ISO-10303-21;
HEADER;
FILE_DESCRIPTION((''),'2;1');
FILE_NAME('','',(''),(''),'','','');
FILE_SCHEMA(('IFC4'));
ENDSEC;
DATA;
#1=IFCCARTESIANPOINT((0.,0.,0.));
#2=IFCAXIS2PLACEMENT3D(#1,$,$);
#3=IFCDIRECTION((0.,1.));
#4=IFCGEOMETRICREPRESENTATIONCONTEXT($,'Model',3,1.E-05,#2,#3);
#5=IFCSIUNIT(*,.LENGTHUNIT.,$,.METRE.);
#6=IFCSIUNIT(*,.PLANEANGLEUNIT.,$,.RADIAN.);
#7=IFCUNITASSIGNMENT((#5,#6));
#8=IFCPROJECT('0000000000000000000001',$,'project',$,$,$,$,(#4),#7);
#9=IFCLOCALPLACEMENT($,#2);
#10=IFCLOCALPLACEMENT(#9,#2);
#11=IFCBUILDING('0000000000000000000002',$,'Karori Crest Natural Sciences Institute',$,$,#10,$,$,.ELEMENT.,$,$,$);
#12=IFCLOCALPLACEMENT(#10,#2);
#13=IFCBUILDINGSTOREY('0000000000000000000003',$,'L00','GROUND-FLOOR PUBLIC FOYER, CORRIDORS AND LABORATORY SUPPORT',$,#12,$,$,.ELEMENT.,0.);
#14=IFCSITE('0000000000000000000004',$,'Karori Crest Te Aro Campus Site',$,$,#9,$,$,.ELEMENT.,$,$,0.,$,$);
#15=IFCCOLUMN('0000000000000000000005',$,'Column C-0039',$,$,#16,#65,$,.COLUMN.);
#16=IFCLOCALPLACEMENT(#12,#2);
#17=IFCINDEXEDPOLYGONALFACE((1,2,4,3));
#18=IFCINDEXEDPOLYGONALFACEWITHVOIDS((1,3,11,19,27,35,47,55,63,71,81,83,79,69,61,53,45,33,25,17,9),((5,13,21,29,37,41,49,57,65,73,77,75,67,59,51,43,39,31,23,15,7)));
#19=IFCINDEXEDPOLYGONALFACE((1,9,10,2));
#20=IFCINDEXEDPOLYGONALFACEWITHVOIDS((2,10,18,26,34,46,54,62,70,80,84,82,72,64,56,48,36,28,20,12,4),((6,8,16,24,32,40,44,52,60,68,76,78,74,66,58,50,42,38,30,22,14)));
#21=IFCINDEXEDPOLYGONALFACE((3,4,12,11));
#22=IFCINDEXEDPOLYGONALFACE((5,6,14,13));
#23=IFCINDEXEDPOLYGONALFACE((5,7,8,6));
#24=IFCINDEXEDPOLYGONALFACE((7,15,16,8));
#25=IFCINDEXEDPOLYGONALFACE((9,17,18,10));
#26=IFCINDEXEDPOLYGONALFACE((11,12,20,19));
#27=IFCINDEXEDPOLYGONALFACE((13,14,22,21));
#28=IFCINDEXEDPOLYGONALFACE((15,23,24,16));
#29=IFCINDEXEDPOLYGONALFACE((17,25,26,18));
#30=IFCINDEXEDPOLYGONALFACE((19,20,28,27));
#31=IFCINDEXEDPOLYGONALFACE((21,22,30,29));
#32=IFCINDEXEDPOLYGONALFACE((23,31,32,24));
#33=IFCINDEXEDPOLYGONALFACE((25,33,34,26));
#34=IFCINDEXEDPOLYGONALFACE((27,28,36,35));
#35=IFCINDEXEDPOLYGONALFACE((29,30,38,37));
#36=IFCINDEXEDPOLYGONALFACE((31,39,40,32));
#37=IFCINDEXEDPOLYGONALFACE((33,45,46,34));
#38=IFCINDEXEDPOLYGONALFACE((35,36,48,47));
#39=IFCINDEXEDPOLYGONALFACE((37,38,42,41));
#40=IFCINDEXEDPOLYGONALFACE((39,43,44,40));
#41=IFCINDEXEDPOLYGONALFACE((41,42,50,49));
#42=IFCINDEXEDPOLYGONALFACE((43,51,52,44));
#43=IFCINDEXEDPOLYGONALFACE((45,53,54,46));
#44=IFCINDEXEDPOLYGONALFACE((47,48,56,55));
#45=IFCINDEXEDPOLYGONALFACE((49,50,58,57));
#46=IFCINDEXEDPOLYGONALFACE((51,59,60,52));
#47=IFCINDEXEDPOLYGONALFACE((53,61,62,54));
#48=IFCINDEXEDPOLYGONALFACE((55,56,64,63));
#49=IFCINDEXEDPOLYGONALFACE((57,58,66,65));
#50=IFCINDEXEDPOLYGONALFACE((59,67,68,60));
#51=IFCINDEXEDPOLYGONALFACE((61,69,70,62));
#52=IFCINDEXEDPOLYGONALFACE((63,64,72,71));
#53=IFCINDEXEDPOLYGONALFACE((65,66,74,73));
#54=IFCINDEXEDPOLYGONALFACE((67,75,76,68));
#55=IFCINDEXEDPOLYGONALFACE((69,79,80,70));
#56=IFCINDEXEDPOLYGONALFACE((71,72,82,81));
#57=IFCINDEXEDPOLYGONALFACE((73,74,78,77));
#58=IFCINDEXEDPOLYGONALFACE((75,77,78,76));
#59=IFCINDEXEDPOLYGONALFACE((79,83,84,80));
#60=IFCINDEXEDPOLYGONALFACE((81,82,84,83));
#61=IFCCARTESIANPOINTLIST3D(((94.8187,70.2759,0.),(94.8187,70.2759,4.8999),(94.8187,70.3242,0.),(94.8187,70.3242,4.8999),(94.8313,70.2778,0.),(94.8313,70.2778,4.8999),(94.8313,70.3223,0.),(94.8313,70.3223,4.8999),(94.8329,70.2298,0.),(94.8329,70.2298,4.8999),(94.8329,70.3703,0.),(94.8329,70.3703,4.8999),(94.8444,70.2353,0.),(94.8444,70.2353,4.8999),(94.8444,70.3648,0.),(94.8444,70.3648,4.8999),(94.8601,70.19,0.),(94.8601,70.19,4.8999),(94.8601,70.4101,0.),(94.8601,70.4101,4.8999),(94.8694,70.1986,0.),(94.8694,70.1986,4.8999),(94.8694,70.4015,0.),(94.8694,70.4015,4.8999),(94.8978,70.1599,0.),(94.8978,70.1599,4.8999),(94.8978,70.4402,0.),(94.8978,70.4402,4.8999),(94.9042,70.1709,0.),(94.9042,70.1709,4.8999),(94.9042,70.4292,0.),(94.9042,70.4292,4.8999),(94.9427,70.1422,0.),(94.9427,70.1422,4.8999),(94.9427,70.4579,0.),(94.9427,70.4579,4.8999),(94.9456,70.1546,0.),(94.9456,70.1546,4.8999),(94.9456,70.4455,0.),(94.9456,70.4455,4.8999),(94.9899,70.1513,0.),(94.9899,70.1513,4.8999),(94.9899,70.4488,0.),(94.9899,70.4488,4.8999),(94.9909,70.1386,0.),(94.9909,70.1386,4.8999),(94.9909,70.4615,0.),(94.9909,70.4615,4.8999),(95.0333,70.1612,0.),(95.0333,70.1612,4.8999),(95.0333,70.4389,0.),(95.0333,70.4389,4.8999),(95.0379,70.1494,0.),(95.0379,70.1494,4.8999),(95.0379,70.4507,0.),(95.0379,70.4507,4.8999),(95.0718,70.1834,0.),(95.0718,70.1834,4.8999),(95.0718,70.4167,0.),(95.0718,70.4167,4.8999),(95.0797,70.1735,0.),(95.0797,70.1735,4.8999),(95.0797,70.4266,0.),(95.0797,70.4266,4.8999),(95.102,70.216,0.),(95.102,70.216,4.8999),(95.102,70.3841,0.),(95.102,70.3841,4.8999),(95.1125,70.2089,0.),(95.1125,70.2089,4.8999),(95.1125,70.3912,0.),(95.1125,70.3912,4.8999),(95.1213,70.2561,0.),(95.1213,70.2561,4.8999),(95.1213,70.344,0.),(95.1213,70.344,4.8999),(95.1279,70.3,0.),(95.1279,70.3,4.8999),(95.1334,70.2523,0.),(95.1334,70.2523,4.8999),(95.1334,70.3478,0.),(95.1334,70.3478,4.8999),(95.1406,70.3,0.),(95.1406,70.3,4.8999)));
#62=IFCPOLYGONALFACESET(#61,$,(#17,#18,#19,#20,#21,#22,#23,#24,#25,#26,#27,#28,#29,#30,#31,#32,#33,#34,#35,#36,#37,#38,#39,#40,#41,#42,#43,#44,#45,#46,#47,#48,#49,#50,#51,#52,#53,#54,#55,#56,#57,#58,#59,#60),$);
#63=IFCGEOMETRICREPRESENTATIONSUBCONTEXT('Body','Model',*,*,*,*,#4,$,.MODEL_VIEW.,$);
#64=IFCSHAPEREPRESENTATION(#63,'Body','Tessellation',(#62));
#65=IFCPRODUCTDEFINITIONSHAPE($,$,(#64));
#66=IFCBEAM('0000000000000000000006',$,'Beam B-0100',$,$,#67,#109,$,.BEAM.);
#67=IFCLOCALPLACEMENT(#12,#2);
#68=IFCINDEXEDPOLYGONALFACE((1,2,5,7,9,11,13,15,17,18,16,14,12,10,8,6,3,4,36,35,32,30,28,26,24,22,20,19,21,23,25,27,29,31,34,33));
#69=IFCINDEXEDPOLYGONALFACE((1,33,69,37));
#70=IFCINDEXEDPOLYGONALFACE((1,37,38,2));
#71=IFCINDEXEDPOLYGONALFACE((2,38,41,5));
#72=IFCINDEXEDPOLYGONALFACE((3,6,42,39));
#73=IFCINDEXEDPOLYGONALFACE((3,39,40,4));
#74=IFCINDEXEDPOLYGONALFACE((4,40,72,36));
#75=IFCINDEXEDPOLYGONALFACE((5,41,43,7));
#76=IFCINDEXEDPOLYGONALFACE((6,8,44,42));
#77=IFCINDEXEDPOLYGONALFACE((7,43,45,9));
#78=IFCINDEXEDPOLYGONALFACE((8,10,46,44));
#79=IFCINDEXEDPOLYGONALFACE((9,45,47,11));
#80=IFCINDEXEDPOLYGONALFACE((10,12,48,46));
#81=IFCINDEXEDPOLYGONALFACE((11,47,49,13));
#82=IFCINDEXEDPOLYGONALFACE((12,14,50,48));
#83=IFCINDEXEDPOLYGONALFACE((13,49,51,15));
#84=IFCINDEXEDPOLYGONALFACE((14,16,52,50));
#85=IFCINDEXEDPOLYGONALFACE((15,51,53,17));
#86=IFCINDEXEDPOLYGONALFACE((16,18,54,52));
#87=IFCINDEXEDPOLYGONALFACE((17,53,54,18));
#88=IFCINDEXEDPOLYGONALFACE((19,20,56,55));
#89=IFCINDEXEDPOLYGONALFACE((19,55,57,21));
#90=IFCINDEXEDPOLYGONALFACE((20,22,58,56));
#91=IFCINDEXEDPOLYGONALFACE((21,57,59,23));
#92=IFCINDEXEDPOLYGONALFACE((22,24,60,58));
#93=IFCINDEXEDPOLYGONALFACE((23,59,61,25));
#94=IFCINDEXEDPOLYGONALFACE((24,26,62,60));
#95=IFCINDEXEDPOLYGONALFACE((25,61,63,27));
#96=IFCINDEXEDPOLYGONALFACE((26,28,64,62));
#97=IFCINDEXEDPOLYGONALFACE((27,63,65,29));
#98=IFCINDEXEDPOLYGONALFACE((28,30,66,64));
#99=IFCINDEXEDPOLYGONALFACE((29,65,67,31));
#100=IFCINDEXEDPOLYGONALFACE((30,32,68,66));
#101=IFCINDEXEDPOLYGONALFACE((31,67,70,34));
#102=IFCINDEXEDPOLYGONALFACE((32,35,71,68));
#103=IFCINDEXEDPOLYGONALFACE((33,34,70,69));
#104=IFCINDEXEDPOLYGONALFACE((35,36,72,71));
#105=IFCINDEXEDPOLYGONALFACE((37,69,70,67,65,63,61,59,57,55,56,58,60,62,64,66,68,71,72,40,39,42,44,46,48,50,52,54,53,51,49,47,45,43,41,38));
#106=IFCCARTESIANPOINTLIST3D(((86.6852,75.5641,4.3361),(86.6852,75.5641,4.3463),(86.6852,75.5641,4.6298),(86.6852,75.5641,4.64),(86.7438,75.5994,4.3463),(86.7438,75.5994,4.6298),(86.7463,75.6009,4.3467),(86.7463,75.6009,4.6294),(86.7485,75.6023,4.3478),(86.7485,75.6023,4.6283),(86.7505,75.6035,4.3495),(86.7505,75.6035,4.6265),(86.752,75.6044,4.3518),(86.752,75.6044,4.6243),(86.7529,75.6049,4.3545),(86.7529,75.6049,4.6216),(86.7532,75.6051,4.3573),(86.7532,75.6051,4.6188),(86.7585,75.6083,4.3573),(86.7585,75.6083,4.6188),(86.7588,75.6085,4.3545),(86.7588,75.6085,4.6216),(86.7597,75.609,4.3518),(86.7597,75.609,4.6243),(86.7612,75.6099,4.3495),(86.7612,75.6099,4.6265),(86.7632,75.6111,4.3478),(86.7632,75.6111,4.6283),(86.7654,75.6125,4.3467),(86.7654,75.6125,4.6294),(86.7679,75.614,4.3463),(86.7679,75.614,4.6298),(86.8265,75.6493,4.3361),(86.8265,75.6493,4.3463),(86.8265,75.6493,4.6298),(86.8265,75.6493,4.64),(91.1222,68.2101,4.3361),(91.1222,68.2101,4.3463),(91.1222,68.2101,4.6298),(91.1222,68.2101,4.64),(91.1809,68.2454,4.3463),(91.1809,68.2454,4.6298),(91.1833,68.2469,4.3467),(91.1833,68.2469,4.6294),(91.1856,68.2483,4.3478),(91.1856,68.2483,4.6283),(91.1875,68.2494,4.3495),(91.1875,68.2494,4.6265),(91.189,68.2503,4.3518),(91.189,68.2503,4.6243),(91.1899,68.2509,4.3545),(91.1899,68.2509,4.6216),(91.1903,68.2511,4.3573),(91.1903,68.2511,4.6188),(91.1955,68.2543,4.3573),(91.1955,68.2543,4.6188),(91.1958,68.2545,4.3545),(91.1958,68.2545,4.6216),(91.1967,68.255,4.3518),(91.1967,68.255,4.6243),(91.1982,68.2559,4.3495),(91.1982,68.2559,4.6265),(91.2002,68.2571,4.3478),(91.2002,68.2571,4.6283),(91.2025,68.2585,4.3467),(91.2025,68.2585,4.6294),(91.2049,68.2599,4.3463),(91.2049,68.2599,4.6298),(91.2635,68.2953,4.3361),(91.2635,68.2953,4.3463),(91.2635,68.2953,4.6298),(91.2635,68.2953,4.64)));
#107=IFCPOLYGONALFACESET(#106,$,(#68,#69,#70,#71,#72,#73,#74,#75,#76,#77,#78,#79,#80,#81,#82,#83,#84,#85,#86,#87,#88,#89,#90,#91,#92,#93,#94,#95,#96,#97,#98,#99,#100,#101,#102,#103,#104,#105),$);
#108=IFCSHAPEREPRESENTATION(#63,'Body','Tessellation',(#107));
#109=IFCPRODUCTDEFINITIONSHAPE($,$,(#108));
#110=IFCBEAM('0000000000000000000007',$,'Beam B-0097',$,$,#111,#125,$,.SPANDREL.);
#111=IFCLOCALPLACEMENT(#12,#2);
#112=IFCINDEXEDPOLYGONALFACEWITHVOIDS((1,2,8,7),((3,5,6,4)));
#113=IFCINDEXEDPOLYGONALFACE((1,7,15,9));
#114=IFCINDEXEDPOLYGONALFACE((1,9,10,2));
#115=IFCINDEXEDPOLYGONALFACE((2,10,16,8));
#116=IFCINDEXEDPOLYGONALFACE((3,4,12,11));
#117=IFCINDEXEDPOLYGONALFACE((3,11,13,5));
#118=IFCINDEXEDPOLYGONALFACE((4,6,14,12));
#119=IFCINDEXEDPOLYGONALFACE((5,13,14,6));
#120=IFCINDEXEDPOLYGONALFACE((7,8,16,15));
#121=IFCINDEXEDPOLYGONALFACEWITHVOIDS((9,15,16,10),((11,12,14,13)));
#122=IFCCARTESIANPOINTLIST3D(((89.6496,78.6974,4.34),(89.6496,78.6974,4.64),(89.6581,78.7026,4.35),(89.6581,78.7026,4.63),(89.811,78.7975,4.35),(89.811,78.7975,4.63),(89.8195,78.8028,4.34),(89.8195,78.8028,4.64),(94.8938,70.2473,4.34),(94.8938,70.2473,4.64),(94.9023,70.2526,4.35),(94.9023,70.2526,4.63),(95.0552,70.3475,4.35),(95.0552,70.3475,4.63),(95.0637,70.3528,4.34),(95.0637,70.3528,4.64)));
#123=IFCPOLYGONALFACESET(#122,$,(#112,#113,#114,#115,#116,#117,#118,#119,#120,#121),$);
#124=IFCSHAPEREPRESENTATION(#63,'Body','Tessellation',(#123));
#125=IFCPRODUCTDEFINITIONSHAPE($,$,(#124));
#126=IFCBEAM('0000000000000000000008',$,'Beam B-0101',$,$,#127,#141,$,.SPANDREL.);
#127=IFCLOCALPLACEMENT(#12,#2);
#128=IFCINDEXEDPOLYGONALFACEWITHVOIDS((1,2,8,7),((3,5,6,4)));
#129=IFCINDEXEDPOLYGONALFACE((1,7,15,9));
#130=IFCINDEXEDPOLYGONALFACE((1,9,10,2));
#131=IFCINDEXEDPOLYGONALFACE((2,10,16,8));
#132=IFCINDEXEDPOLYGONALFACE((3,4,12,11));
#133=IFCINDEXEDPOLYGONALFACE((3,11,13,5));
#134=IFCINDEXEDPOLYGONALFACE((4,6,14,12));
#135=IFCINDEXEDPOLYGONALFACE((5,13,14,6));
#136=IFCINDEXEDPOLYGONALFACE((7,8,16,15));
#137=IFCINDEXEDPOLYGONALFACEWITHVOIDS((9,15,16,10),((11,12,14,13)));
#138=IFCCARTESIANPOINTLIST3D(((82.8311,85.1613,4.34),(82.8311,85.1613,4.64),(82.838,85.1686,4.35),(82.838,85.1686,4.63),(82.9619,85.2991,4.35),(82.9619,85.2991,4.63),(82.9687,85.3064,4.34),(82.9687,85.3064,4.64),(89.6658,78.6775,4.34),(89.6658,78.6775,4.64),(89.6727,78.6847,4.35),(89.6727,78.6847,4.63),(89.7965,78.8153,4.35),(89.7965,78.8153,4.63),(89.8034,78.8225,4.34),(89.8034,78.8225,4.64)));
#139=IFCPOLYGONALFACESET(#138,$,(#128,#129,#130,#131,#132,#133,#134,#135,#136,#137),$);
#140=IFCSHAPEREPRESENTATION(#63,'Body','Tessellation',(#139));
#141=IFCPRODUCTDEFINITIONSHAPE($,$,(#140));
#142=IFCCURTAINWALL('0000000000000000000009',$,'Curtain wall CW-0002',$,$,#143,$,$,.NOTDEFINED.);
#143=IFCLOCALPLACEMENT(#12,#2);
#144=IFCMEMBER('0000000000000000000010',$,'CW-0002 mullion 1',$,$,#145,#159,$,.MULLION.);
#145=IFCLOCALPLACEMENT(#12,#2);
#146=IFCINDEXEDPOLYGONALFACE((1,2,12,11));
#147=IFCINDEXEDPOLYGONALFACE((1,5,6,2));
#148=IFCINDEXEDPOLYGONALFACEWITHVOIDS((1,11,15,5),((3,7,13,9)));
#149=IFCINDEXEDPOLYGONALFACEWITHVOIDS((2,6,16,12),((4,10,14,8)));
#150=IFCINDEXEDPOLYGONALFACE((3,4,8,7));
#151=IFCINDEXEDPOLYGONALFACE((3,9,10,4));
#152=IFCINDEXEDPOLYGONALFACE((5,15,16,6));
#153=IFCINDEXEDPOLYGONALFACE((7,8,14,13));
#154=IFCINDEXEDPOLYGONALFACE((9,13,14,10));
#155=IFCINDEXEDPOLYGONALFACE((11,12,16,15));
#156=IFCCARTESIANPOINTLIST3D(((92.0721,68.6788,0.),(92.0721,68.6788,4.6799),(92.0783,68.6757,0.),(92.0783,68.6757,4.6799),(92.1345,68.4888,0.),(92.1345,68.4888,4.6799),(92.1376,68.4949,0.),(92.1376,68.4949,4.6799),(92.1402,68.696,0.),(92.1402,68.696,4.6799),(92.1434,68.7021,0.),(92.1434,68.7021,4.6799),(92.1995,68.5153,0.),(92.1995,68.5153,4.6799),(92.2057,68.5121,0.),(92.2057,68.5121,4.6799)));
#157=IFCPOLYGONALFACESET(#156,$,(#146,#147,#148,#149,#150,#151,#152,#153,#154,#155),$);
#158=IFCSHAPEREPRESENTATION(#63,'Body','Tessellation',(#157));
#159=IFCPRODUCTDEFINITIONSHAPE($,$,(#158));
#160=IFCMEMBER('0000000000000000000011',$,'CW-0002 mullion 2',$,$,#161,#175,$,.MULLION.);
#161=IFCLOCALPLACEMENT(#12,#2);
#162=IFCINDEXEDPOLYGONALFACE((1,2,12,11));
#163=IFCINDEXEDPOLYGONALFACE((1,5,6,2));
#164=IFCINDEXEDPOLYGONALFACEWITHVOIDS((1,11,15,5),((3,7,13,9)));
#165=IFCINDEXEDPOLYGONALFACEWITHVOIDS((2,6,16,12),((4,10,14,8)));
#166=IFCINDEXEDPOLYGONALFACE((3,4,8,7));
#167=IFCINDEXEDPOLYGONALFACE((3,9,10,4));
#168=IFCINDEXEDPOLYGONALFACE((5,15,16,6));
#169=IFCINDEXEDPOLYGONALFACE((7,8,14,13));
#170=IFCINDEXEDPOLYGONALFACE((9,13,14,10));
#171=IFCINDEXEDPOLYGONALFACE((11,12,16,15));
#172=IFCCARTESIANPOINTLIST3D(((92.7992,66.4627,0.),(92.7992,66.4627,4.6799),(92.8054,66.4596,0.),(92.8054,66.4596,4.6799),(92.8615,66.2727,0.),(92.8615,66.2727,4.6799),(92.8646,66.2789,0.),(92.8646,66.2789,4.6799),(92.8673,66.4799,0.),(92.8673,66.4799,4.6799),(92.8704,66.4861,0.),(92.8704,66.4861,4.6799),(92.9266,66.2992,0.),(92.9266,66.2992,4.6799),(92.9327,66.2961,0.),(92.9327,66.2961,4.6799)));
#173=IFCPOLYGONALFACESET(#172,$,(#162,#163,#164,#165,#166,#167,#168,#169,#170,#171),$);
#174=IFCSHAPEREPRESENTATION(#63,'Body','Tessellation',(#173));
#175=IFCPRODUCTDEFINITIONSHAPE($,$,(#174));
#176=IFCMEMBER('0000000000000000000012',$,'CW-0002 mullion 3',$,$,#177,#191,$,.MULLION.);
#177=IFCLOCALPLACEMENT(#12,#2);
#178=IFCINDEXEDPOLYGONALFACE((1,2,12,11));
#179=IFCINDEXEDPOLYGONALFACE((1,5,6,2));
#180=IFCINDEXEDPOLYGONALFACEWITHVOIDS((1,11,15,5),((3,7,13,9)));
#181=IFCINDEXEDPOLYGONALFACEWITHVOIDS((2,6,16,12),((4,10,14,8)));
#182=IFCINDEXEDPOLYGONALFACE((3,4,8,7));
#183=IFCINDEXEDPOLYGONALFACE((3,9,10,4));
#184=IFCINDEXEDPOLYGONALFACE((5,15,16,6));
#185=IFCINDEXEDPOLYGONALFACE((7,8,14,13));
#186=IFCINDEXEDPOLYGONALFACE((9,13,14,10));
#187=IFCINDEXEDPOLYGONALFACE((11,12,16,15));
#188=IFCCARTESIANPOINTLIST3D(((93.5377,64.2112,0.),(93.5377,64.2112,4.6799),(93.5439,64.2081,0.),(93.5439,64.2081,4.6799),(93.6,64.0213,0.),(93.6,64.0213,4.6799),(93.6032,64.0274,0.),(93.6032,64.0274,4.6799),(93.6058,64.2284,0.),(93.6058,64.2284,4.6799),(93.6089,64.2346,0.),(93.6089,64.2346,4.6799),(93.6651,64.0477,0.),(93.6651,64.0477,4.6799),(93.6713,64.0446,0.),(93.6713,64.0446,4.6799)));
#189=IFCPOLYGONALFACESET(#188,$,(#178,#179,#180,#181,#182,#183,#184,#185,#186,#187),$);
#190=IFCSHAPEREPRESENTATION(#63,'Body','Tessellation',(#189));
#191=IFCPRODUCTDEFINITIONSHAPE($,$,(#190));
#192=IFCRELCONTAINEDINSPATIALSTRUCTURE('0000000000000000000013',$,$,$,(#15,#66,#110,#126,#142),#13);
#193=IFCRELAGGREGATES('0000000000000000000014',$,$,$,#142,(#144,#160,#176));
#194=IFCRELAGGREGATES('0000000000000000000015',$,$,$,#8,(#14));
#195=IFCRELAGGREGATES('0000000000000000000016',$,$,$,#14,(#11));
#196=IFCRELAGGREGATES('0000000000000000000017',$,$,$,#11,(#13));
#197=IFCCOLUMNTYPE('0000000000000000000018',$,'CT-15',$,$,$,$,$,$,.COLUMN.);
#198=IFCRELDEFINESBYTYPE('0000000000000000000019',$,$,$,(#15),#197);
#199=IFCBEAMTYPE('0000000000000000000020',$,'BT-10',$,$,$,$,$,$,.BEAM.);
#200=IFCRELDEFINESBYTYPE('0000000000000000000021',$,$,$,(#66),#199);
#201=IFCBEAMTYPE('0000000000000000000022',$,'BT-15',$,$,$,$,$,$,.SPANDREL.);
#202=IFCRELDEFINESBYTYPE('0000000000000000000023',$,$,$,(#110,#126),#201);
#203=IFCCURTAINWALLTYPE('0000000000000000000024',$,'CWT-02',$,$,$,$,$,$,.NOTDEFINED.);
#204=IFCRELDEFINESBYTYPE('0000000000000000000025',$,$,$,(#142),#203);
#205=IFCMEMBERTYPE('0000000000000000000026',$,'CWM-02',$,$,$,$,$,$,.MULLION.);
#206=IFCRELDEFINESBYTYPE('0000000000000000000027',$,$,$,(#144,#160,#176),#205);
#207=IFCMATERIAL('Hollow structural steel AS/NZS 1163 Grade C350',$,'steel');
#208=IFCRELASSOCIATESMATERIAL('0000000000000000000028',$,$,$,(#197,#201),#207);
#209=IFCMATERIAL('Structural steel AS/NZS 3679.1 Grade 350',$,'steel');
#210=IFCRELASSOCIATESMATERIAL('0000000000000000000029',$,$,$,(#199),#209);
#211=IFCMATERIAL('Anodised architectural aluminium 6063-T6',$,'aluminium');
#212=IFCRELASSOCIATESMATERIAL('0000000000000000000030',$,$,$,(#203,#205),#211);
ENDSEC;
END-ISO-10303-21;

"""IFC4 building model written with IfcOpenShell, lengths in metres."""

from ifc_helpers import new_model, si_unit, direction, frame, origin, origin_2d, place, context, subcontext, project, spatial, hollow_rectangle, hollow_circle, i_section, extrude, material, material_profile, profile_set, type_object, element, aggregate, save


model = new_model("IFC4")

# Units and contexts
model_context = context("Model", 3, precision=1e-05, world=origin(), true_north=direction((0.0, 1.0)))
body_context = subcontext(model_context, "Body", "Model", "MODEL_VIEW")
ifc_project = project(units=[si_unit("LENGTHUNIT", "METRE"), si_unit("PLANEANGLEUNIT", "RADIAN")], contexts=[model_context])

# Site, building, storey
site_placement = place(None, origin())
site = spatial("IfcSite", under=ifc_project, at=site_placement, Name="Karori Crest Te Aro Campus Site", CompositionType="ELEMENT", RefElevation=0.0)
building_placement = place(site_placement, origin())
building = spatial("IfcBuilding", under=site, at=building_placement, Name="Karori Crest Natural Sciences Institute", CompositionType="ELEMENT")
storey_placement = place(building_placement, origin())
storey = spatial("IfcBuildingStorey", under=building, at=storey_placement, Name="L00", Description="GROUND-FLOOR PUBLIC FOYER, CORRIDORS AND LABORATORY SUPPORT", CompositionType="ELEMENT", Elevation=0.0)

# Column
ifc_material_1 = material(Name="Hollow structural steel AS/NZS 1163 Grade C350", Category="steel")
ifc_material_profile_1 = material_profile(ifc_material_1, hollow_circle(Radius=0.1619, WallThickness=0.0127, at=origin_2d()), Name="CHS323.9x12.7")
ifc_profile_set_1 = profile_set([ifc_material_profile_1], Name="Hollow structural steel AS/NZS 1163 Grade C350")
column_type = type_object("IfcColumnType", Name="CT-15", PredefinedType="COLUMN", material=ifc_profile_set_1)
column_placement = place(storey_placement, frame((94.9788, 70.3, 0.0), z_axis=(0.0, 0.0, 1.0), x_axis=(1.0, 0.0, 0.0)))
element("IfcColumn", 1, at=column_placement, inside=storey, type_object=column_type, Name="Column C-0039", PredefinedType="COLUMN", context=body_context, shape_type="SweptSolid", body=[
    extrude(hollow_circle(Radius=0.1619, WallThickness=0.0127, at=origin_2d()), origin(), (0.0, 0.0, 1.0), 4.8999),
])

# Beams
ifc_material_2 = material(Name="Structural steel AS/NZS 3679.1 Grade 350", Category="steel")
ifc_material_profile_2 = material_profile(ifc_material_2, i_section(OverallWidth=0.165, OverallDepth=0.304, WebThickness=0.0061, FlangeThickness=0.0103, FilletRadius=0.011, at=origin_2d()), Name="310UB40.4")
ifc_profile_set_2 = profile_set([ifc_material_profile_2], Name="Structural steel AS/NZS 3679.1 Grade 350")
beam_type_1 = type_object("IfcBeamType", Name="BT-10", PredefinedType="BEAM", material=ifc_profile_set_2)
beam_1_placement = place(storey_placement, frame((91.1929, 68.2527, 4.488), z_axis=(-0.516601, 0.856226, 0.0), x_axis=(-0.856226, -0.516601, 0.0)))
element("IfcBeam", 2, at=beam_1_placement, inside=storey, type_object=beam_type_1, Name="Beam B-0100", PredefinedType="BEAM", context=body_context, shape_type="SweptSolid", body=[
    extrude(i_section(OverallWidth=0.165, OverallDepth=0.304, WebThickness=0.0061, FlangeThickness=0.0103, FilletRadius=0.011, at=origin_2d()), origin(), (0.0, 0.0, 1.0), 8.5889),
])
ifc_material_profile_3 = material_profile(ifc_material_1, hollow_rectangle(XDim=0.2, YDim=0.3, WallThickness=0.01, at=origin_2d()), Name="RHS300x200x10")
ifc_profile_set_3 = profile_set([ifc_material_profile_3], Name="Hollow structural steel AS/NZS 1163 Grade C350")
beam_type_2 = type_object("IfcBeamType", Name="BT-15", PredefinedType="SPANDREL", material=ifc_profile_set_3)
beam_2_placement = place(storey_placement, frame((94.9788, 70.3, 4.49), z_axis=(-0.527315, 0.84967, 0.0), x_axis=(-0.84967, -0.527315, 0.0)))
element("IfcBeam", 3, at=beam_2_placement, inside=storey, type_object=beam_type_2, Name="Beam B-0097", PredefinedType="SPANDREL", context=body_context, shape_type="SweptSolid", body=[
    extrude(hollow_rectangle(XDim=0.2, YDim=0.3, WallThickness=0.01, at=origin_2d()), origin(), (0.0, 0.0, 1.0), 9.9451),
])
beam_3_placement = place(storey_placement, frame((89.7346, 78.75, 4.49), z_axis=(-0.725481, 0.688242, 0.0), x_axis=(-0.688242, -0.725481, 0.0)))
element("IfcBeam", 4, at=beam_3_placement, inside=storey, type_object=beam_type_2, Name="Beam B-0101", PredefinedType="SPANDREL", context=body_context, shape_type="SweptSolid", body=[
    extrude(hollow_rectangle(XDim=0.2, YDim=0.3, WallThickness=0.01, at=origin_2d()), origin(), (0.0, 0.0, 1.0), 9.4209),
])

# Curtain wall, members
ifc_material_3 = material(Name="Anodised architectural aluminium 6063-T6", Category="aluminium")
curtain_wall_type_1 = type_object("IfcCurtainWallType", Name="CWT-02", PredefinedType="NOTDEFINED", material=ifc_material_3)
curtain_wall_1_placement = place(storey_placement, origin())
curtain_wall_1 = element("IfcCurtainWall", 5, at=curtain_wall_1_placement, inside=storey, type_object=curtain_wall_type_1, Name="Curtain wall CW-0002", PredefinedType="NOTDEFINED")
ifc_material_profile_4 = material_profile(ifc_material_3, hollow_rectangle(XDim=0.075, YDim=0.2, WallThickness=0.0049, at=origin_2d()), Name="CWM200x75x5")
ifc_profile_set_4 = profile_set([ifc_material_profile_4], Name="Anodised architectural aluminium 6063-T6")
member_type_1 = type_object("IfcMemberType", Name="CWM-02", PredefinedType="MULLION", material=ifc_profile_set_4)
member_1_placement = place(storey_placement, frame((92.1389, 68.5955, 0.0), z_axis=(0.0, 0.0, 1.0), x_axis=(0.950176, 0.311714, 0.0)))
member_1 = element("IfcMember", 6, at=member_1_placement, type_object=member_type_1, Name="CW-0002 mullion 1", PredefinedType="MULLION", context=body_context, shape_type="SweptSolid", body=[
    extrude(hollow_rectangle(XDim=0.075, YDim=0.2, WallThickness=0.0049, at=origin_2d()), origin(), (0.0, 0.0, 1.0), 4.6799),
])
member_2_placement = place(storey_placement, frame((92.866, 66.3794, 0.0), z_axis=(0.0, 0.0, 1.0), x_axis=(0.950176, 0.311714, 0.0)))
member_2 = element("IfcMember", 7, at=member_2_placement, type_object=member_type_1, Name="CW-0002 mullion 2", PredefinedType="MULLION", context=body_context, shape_type="SweptSolid", body=[
    extrude(hollow_rectangle(XDim=0.075, YDim=0.2, WallThickness=0.0049, at=origin_2d()), origin(), (0.0, 0.0, 1.0), 4.6799),
])
member_3_placement = place(storey_placement, frame((93.6045, 64.1279, 0.0), z_axis=(0.0, 0.0, 1.0), x_axis=(0.950176, 0.311714, 0.0)))
member_3 = element("IfcMember", 8, at=member_3_placement, type_object=member_type_1, Name="CW-0002 mullion 3", PredefinedType="MULLION", context=body_context, shape_type="SweptSolid", body=[
    extrude(hollow_rectangle(XDim=0.075, YDim=0.2, WallThickness=0.0049, at=origin_2d()), origin(), (0.0, 0.0, 1.0), 4.6799),
])

aggregate(curtain_wall_1, [member_1, member_2, member_3])

save(model, "model.ifc")
